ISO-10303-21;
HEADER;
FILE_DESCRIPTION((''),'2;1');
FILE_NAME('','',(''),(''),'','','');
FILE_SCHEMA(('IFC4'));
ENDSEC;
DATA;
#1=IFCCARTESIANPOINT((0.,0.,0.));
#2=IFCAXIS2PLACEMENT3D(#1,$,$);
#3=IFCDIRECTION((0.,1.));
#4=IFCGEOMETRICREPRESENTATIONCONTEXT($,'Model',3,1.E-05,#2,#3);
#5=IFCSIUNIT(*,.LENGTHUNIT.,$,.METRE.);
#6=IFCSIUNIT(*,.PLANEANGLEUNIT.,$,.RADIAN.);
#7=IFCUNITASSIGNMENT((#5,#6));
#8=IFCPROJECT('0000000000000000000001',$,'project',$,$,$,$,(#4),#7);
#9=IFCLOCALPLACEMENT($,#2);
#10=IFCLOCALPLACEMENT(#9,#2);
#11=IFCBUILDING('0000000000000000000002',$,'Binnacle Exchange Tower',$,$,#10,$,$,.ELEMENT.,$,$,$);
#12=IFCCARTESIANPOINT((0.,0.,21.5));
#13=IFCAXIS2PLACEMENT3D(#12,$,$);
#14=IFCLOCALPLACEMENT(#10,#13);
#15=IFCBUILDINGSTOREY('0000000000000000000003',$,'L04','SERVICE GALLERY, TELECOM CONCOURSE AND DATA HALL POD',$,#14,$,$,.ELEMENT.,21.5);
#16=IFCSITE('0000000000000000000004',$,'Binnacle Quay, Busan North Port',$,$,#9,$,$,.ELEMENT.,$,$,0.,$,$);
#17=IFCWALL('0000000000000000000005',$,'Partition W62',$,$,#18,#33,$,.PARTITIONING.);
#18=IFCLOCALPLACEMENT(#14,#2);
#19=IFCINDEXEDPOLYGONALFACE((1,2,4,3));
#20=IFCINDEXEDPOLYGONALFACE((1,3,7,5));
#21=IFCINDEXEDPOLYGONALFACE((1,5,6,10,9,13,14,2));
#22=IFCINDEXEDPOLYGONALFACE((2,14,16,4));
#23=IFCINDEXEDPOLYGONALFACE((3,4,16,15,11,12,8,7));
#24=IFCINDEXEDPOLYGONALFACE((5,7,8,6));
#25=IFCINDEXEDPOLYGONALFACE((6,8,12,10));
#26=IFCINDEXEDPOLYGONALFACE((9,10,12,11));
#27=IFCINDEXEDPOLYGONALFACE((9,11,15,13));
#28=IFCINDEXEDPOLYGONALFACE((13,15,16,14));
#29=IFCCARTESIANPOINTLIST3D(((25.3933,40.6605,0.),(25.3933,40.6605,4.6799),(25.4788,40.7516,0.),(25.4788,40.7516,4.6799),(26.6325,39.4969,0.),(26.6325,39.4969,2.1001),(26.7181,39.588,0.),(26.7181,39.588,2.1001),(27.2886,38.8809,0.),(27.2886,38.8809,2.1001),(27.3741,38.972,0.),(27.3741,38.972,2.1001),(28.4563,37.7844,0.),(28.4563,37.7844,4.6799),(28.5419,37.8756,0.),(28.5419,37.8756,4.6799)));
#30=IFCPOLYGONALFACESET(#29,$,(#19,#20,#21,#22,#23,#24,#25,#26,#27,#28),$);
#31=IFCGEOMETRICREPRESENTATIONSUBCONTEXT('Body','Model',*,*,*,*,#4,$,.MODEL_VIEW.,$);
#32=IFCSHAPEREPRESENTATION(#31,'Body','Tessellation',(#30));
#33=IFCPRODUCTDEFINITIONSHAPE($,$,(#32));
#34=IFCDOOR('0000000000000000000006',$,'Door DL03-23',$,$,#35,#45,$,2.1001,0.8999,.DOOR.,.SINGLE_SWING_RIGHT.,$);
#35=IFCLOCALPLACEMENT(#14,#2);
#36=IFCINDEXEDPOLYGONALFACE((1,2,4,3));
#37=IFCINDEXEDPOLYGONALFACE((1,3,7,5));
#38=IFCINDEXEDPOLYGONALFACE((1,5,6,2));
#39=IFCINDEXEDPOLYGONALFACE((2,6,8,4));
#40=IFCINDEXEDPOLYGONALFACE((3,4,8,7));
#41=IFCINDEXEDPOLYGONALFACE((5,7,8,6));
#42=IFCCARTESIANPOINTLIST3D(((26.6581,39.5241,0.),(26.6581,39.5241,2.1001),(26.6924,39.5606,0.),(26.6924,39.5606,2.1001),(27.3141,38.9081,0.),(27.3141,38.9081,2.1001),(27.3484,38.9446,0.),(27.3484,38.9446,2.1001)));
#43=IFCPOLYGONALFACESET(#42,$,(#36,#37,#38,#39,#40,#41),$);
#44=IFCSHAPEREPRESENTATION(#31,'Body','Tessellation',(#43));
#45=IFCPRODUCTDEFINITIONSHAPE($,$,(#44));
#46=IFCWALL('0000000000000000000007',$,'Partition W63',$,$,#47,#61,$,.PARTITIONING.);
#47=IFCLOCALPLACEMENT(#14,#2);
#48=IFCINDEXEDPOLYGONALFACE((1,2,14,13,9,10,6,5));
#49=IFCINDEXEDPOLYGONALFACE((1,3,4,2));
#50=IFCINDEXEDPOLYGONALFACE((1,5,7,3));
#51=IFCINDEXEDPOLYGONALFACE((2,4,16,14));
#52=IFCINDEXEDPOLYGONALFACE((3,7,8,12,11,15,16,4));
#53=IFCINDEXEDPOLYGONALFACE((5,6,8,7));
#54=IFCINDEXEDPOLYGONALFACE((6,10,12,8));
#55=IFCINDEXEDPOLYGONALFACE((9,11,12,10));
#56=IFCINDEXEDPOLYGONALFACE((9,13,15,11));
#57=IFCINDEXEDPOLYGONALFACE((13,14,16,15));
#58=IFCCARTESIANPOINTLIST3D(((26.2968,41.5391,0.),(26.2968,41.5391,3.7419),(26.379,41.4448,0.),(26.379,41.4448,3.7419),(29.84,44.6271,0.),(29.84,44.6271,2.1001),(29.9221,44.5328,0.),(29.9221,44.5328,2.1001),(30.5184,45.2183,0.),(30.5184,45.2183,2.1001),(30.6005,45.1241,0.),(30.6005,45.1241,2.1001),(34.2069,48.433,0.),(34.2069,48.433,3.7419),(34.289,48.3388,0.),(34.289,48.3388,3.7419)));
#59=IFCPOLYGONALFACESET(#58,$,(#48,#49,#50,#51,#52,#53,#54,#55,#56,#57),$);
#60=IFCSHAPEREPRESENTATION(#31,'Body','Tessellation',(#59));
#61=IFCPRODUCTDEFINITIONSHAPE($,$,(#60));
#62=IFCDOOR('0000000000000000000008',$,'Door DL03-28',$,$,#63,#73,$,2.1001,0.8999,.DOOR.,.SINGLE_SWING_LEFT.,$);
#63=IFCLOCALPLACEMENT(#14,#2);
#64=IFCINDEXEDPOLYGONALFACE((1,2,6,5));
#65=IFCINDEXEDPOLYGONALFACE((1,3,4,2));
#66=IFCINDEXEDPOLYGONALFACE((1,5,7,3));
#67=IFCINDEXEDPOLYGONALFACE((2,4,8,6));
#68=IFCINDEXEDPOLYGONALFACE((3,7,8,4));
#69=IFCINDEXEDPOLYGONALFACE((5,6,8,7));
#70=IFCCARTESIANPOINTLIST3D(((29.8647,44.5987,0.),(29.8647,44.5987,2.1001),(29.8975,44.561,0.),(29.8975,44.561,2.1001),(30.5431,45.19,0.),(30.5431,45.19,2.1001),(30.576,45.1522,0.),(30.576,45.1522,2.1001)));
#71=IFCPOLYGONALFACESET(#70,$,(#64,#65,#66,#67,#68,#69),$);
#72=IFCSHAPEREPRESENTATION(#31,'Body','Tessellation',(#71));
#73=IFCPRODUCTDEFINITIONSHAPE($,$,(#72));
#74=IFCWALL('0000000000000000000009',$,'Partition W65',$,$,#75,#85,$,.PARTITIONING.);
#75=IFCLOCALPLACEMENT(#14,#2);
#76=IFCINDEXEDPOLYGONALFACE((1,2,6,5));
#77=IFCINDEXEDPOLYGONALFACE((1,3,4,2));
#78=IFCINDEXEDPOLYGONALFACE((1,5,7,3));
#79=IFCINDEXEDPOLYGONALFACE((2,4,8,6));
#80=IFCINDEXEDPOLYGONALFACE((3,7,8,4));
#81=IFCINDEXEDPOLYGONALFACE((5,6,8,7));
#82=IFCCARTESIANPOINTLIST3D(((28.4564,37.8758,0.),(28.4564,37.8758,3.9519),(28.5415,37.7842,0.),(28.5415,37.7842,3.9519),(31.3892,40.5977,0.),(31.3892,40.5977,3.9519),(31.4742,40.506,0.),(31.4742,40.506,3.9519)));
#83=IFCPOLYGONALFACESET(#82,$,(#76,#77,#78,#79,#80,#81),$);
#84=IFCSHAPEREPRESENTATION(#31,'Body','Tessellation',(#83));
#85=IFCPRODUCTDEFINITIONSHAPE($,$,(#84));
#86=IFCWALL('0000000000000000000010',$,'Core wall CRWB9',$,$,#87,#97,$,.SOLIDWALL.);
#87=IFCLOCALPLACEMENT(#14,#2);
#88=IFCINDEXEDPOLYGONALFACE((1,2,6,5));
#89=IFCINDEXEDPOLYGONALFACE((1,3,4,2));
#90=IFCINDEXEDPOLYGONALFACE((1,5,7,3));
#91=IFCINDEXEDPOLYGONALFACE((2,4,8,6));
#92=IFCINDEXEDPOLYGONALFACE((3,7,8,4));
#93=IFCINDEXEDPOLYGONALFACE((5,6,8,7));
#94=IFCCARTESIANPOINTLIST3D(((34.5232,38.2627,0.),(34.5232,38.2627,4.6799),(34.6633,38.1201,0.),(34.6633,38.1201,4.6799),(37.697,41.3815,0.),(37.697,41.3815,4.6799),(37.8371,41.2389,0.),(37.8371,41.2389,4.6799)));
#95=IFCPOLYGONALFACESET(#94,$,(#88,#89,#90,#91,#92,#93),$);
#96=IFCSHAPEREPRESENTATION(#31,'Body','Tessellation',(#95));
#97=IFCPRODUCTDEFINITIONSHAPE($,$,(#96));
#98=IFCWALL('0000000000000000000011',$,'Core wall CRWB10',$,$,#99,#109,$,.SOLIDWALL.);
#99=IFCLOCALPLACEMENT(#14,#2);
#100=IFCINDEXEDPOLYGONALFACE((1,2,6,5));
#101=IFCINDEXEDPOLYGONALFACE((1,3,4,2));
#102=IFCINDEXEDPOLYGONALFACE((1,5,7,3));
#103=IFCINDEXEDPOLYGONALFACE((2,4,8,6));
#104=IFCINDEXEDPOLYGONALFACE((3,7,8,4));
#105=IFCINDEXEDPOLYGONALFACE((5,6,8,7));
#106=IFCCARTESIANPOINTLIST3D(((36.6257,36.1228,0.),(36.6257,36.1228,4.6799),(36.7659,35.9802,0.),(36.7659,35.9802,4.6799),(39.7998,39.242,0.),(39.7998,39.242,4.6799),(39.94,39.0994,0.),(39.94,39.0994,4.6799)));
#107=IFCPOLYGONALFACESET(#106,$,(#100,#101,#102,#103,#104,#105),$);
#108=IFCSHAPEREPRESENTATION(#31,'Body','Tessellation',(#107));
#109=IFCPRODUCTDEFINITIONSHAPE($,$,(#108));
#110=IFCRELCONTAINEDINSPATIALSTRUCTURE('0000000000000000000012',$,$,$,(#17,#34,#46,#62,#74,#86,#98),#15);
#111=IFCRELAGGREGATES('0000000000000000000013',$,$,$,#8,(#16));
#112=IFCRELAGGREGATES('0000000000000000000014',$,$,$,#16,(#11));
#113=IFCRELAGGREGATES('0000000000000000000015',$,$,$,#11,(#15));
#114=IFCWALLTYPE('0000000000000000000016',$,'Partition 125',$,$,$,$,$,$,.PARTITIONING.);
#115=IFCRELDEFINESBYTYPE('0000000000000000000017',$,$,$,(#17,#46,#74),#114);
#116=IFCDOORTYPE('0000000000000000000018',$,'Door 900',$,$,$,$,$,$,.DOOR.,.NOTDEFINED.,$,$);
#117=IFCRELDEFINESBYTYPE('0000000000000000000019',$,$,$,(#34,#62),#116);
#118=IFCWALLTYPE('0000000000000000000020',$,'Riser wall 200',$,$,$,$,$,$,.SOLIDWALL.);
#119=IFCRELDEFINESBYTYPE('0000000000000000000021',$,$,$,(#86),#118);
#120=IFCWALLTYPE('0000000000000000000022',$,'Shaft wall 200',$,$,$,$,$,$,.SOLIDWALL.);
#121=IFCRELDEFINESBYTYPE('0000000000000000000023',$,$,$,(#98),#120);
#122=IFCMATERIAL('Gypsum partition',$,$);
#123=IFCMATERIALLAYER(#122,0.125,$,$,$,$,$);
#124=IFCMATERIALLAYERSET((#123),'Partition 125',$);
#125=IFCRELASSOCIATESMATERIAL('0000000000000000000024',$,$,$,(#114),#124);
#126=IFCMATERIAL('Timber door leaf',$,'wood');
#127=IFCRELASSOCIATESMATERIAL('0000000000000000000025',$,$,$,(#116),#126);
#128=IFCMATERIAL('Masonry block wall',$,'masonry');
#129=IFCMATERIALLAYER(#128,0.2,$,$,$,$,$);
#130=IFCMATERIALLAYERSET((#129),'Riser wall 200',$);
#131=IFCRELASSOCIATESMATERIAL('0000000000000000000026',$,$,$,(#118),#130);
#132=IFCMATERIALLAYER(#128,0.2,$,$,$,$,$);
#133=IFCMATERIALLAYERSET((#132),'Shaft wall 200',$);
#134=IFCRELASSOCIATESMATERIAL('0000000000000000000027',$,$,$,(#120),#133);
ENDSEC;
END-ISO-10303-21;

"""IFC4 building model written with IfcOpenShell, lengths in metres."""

from ifc_helpers import new_model, si_unit, direction, frame, frame_2d, origin, place, context, subcontext, project, spatial, rectangle, extrude, material, layer, layer_set, type_object, element, fill, save


model = new_model("IFC4")

# Units and contexts
model_context = context("Model", 3, precision=1e-05, world=origin(), true_north=direction((0.0, 1.0)))
body_context = subcontext(model_context, "Body", "Model", "MODEL_VIEW")
ifc_project = project(units=[si_unit("LENGTHUNIT", "METRE"), si_unit("PLANEANGLEUNIT", "RADIAN")], contexts=[model_context])

# Site, building, storey
site_placement = place(None, origin())
site = spatial("IfcSite", under=ifc_project, at=site_placement, Name="Binnacle Quay, Busan North Port", CompositionType="ELEMENT", RefElevation=0.0)
building_placement = place(site_placement, origin())
building = spatial("IfcBuilding", under=site, at=building_placement, Name="Binnacle Exchange Tower", CompositionType="ELEMENT")
storey_placement = place(building_placement, frame((0.0, 0.0, 21.5)))
storey = spatial("IfcBuildingStorey", under=building, at=storey_placement, Name="L04", Description="SERVICE GALLERY, TELECOM CONCOURSE AND DATA HALL POD", CompositionType="ELEMENT", Elevation=21.5)

# Walls, openings, doors
ifc_material_1 = material(Name="Masonry block wall", Category="masonry")
ifc_material_2 = material(Name="Gypsum partition")
ifc_layer_1 = layer(ifc_material_2, 0.125)
ifc_layer_set_1 = layer_set([ifc_layer_1], Name="Partition 125")
wall_type_1 = type_object("IfcWallType", Name="Partition 125", PredefinedType="PARTITIONING", material=ifc_layer_set_1)
wall_1_placement = place(storey_placement, frame((25.436, 40.7061, 0.0), z_axis=(0.0, 0.0, 1.0), x_axis=(0.729011, -0.684501, 0.0)))
wall_1 = element("IfcWall", 1, at=wall_1_placement, inside=storey, type_object=wall_type_1, Name="Partition W62", PredefinedType="PARTITIONING", context=body_context, shape_type="SweptSolid", body=[
    extrude(rectangle(XDim=4.2017, YDim=0.125, at=frame_2d((2.1008, 0.0))), origin(), (0.0, 0.0, 1.0), 4.6799),
])
opening_1_placement = place(wall_1_placement, frame((1.7, 0.0, 0.0)))
opening_1 = element("IfcOpeningElement", 2, at=opening_1_placement, cuts=wall_1, PredefinedType="OPENING", context=body_context, shape_type="SweptSolid", body=[
    extrude(rectangle(XDim=0.8999, YDim=2.1001, at=frame_2d((0.45, 1.05))), frame((0.0, 0.0725, 0.0), z_axis=(0.0, -1.0, 0.0), x_axis=(1.0, 0.0, 0.0)), (0.0, 0.0, 1.0), 0.145),
])
ifc_material_3 = material(Name="Timber door leaf", Category="wood")
door_type_1 = type_object("IfcDoorType", Name="Door 900", OperationType="NOTDEFINED", PredefinedType="DOOR", material=ifc_material_3)
door_1_placement = place(opening_1_placement, origin())
door_1 = element("IfcDoor", 3, at=door_1_placement, inside=storey, type_object=door_type_1, Name="Door DL03-23", OperationType="SINGLE_SWING_RIGHT", OverallHeight=2.1001, OverallWidth=0.8999, PredefinedType="DOOR", context=body_context, shape_type="SweptSolid", body=[
    extrude(rectangle(XDim=0.8999, YDim=2.1001, at=frame_2d((0.45, 1.05))), frame((0.0, 0.0249, 0.0), z_axis=(0.0, -1.0, 0.0), x_axis=(1.0, 0.0, 0.0)), (0.0, 0.0, 1.0), 0.05),
])
fill(opening_1, door_1)
wall_2_placement = place(storey_placement, frame((26.3379, 41.4919, 0.0), z_axis=(0.0, 0.0, 1.0), x_axis=(0.753867, 0.657027, 0.0)))
wall_2 = element("IfcWall", 4, at=wall_2_placement, inside=storey, type_object=wall_type_1, Name="Partition W63", PredefinedType="PARTITIONING", context=body_context, shape_type="SweptSolid", body=[
    extrude(rectangle(XDim=10.4927, YDim=0.125, at=frame_2d((5.2463, 0.0))), origin(), (0.0, 0.0, 1.0), 3.7419),
])
opening_2_placement = place(wall_2_placement, frame((4.7, 0.0, 0.0)))
opening_2 = element("IfcOpeningElement", 5, at=opening_2_placement, cuts=wall_2, PredefinedType="OPENING", context=body_context, shape_type="SweptSolid", body=[
    extrude(rectangle(XDim=0.8999, YDim=2.1001, at=frame_2d((0.45, 1.05))), frame((0.0, 0.0725, 0.0), z_axis=(0.0, -1.0, 0.0), x_axis=(1.0, 0.0, 0.0)), (0.0, 0.0, 1.0), 0.145),
])
door_2_placement = place(opening_2_placement, origin())
door_2 = element("IfcDoor", 6, at=door_2_placement, inside=storey, type_object=door_type_1, Name="Door DL03-28", OperationType="SINGLE_SWING_LEFT", OverallHeight=2.1001, OverallWidth=0.8999, PredefinedType="DOOR", context=body_context, shape_type="SweptSolid", body=[
    extrude(rectangle(XDim=0.8999, YDim=2.1001, at=frame_2d((0.45, 1.05))), frame((0.0, 0.0249, 0.0), z_axis=(0.0, -1.0, 0.0), x_axis=(1.0, 0.0, 0.0)), (0.0, 0.0, 1.0), 0.05),
])
fill(opening_2, door_2)

# Walls
wall_3_placement = place(storey_placement, frame((28.499, 37.8301, 0.0), z_axis=(0.0, 0.0, 1.0), x_axis=(0.732974, 0.680257, 0.0)))
element("IfcWall", 7, at=wall_3_placement, inside=storey, type_object=wall_type_1, Name="Partition W65", PredefinedType="PARTITIONING", context=body_context, shape_type="SweptSolid", body=[
    extrude(rectangle(XDim=4.0012, YDim=0.125, at=frame_2d((2.0005, 0.0))), origin(), (0.0, 0.0, 1.0), 3.9519),
])
ifc_layer_2 = layer(ifc_material_1, 0.2)
ifc_layer_set_2 = layer_set([ifc_layer_2], Name="Riser wall 200")
wall_type_2 = type_object("IfcWallType", Name="Riser wall 200", PredefinedType="SOLIDWALL", material=ifc_layer_set_2)
wall_4_placement = place(storey_placement, frame((34.5933, 38.1914, 0.0), z_axis=(0.0, 0.0, 1.0), x_axis=(0.713252, 0.700907, 0.0)))
element("IfcWall", 8, at=wall_4_placement, inside=storey, type_object=wall_type_2, Name="Core wall CRWB9", PredefinedType="SOLIDWALL", context=body_context, shape_type="SweptSolid", body=[
    extrude(rectangle(XDim=4.4497, YDim=0.2, at=frame_2d((2.2249, 0.0))), origin(), (0.0, 0.0, 1.0), 4.6799),
])
ifc_layer_3 = layer(ifc_material_1, 0.2)
ifc_layer_set_3 = layer_set([ifc_layer_3], Name="Shaft wall 200")
wall_type_3 = type_object("IfcWallType", Name="Shaft wall 200", PredefinedType="SOLIDWALL", material=ifc_layer_set_3)
wall_5_placement = place(storey_placement, frame((36.6958, 36.0515, 0.0), z_axis=(0.0, 0.0, 1.0), x_axis=(0.713252, 0.700908, 0.0)))
element("IfcWall", 9, at=wall_5_placement, inside=storey, type_object=wall_type_3, Name="Core wall CRWB10", PredefinedType="SOLIDWALL", context=body_context, shape_type="SweptSolid", body=[
    extrude(rectangle(XDim=4.4502, YDim=0.2, at=frame_2d((2.2251, 0.0))), origin(), (0.0, 0.0, 1.0), 4.6799),
])

save(model, "model.ifc")
